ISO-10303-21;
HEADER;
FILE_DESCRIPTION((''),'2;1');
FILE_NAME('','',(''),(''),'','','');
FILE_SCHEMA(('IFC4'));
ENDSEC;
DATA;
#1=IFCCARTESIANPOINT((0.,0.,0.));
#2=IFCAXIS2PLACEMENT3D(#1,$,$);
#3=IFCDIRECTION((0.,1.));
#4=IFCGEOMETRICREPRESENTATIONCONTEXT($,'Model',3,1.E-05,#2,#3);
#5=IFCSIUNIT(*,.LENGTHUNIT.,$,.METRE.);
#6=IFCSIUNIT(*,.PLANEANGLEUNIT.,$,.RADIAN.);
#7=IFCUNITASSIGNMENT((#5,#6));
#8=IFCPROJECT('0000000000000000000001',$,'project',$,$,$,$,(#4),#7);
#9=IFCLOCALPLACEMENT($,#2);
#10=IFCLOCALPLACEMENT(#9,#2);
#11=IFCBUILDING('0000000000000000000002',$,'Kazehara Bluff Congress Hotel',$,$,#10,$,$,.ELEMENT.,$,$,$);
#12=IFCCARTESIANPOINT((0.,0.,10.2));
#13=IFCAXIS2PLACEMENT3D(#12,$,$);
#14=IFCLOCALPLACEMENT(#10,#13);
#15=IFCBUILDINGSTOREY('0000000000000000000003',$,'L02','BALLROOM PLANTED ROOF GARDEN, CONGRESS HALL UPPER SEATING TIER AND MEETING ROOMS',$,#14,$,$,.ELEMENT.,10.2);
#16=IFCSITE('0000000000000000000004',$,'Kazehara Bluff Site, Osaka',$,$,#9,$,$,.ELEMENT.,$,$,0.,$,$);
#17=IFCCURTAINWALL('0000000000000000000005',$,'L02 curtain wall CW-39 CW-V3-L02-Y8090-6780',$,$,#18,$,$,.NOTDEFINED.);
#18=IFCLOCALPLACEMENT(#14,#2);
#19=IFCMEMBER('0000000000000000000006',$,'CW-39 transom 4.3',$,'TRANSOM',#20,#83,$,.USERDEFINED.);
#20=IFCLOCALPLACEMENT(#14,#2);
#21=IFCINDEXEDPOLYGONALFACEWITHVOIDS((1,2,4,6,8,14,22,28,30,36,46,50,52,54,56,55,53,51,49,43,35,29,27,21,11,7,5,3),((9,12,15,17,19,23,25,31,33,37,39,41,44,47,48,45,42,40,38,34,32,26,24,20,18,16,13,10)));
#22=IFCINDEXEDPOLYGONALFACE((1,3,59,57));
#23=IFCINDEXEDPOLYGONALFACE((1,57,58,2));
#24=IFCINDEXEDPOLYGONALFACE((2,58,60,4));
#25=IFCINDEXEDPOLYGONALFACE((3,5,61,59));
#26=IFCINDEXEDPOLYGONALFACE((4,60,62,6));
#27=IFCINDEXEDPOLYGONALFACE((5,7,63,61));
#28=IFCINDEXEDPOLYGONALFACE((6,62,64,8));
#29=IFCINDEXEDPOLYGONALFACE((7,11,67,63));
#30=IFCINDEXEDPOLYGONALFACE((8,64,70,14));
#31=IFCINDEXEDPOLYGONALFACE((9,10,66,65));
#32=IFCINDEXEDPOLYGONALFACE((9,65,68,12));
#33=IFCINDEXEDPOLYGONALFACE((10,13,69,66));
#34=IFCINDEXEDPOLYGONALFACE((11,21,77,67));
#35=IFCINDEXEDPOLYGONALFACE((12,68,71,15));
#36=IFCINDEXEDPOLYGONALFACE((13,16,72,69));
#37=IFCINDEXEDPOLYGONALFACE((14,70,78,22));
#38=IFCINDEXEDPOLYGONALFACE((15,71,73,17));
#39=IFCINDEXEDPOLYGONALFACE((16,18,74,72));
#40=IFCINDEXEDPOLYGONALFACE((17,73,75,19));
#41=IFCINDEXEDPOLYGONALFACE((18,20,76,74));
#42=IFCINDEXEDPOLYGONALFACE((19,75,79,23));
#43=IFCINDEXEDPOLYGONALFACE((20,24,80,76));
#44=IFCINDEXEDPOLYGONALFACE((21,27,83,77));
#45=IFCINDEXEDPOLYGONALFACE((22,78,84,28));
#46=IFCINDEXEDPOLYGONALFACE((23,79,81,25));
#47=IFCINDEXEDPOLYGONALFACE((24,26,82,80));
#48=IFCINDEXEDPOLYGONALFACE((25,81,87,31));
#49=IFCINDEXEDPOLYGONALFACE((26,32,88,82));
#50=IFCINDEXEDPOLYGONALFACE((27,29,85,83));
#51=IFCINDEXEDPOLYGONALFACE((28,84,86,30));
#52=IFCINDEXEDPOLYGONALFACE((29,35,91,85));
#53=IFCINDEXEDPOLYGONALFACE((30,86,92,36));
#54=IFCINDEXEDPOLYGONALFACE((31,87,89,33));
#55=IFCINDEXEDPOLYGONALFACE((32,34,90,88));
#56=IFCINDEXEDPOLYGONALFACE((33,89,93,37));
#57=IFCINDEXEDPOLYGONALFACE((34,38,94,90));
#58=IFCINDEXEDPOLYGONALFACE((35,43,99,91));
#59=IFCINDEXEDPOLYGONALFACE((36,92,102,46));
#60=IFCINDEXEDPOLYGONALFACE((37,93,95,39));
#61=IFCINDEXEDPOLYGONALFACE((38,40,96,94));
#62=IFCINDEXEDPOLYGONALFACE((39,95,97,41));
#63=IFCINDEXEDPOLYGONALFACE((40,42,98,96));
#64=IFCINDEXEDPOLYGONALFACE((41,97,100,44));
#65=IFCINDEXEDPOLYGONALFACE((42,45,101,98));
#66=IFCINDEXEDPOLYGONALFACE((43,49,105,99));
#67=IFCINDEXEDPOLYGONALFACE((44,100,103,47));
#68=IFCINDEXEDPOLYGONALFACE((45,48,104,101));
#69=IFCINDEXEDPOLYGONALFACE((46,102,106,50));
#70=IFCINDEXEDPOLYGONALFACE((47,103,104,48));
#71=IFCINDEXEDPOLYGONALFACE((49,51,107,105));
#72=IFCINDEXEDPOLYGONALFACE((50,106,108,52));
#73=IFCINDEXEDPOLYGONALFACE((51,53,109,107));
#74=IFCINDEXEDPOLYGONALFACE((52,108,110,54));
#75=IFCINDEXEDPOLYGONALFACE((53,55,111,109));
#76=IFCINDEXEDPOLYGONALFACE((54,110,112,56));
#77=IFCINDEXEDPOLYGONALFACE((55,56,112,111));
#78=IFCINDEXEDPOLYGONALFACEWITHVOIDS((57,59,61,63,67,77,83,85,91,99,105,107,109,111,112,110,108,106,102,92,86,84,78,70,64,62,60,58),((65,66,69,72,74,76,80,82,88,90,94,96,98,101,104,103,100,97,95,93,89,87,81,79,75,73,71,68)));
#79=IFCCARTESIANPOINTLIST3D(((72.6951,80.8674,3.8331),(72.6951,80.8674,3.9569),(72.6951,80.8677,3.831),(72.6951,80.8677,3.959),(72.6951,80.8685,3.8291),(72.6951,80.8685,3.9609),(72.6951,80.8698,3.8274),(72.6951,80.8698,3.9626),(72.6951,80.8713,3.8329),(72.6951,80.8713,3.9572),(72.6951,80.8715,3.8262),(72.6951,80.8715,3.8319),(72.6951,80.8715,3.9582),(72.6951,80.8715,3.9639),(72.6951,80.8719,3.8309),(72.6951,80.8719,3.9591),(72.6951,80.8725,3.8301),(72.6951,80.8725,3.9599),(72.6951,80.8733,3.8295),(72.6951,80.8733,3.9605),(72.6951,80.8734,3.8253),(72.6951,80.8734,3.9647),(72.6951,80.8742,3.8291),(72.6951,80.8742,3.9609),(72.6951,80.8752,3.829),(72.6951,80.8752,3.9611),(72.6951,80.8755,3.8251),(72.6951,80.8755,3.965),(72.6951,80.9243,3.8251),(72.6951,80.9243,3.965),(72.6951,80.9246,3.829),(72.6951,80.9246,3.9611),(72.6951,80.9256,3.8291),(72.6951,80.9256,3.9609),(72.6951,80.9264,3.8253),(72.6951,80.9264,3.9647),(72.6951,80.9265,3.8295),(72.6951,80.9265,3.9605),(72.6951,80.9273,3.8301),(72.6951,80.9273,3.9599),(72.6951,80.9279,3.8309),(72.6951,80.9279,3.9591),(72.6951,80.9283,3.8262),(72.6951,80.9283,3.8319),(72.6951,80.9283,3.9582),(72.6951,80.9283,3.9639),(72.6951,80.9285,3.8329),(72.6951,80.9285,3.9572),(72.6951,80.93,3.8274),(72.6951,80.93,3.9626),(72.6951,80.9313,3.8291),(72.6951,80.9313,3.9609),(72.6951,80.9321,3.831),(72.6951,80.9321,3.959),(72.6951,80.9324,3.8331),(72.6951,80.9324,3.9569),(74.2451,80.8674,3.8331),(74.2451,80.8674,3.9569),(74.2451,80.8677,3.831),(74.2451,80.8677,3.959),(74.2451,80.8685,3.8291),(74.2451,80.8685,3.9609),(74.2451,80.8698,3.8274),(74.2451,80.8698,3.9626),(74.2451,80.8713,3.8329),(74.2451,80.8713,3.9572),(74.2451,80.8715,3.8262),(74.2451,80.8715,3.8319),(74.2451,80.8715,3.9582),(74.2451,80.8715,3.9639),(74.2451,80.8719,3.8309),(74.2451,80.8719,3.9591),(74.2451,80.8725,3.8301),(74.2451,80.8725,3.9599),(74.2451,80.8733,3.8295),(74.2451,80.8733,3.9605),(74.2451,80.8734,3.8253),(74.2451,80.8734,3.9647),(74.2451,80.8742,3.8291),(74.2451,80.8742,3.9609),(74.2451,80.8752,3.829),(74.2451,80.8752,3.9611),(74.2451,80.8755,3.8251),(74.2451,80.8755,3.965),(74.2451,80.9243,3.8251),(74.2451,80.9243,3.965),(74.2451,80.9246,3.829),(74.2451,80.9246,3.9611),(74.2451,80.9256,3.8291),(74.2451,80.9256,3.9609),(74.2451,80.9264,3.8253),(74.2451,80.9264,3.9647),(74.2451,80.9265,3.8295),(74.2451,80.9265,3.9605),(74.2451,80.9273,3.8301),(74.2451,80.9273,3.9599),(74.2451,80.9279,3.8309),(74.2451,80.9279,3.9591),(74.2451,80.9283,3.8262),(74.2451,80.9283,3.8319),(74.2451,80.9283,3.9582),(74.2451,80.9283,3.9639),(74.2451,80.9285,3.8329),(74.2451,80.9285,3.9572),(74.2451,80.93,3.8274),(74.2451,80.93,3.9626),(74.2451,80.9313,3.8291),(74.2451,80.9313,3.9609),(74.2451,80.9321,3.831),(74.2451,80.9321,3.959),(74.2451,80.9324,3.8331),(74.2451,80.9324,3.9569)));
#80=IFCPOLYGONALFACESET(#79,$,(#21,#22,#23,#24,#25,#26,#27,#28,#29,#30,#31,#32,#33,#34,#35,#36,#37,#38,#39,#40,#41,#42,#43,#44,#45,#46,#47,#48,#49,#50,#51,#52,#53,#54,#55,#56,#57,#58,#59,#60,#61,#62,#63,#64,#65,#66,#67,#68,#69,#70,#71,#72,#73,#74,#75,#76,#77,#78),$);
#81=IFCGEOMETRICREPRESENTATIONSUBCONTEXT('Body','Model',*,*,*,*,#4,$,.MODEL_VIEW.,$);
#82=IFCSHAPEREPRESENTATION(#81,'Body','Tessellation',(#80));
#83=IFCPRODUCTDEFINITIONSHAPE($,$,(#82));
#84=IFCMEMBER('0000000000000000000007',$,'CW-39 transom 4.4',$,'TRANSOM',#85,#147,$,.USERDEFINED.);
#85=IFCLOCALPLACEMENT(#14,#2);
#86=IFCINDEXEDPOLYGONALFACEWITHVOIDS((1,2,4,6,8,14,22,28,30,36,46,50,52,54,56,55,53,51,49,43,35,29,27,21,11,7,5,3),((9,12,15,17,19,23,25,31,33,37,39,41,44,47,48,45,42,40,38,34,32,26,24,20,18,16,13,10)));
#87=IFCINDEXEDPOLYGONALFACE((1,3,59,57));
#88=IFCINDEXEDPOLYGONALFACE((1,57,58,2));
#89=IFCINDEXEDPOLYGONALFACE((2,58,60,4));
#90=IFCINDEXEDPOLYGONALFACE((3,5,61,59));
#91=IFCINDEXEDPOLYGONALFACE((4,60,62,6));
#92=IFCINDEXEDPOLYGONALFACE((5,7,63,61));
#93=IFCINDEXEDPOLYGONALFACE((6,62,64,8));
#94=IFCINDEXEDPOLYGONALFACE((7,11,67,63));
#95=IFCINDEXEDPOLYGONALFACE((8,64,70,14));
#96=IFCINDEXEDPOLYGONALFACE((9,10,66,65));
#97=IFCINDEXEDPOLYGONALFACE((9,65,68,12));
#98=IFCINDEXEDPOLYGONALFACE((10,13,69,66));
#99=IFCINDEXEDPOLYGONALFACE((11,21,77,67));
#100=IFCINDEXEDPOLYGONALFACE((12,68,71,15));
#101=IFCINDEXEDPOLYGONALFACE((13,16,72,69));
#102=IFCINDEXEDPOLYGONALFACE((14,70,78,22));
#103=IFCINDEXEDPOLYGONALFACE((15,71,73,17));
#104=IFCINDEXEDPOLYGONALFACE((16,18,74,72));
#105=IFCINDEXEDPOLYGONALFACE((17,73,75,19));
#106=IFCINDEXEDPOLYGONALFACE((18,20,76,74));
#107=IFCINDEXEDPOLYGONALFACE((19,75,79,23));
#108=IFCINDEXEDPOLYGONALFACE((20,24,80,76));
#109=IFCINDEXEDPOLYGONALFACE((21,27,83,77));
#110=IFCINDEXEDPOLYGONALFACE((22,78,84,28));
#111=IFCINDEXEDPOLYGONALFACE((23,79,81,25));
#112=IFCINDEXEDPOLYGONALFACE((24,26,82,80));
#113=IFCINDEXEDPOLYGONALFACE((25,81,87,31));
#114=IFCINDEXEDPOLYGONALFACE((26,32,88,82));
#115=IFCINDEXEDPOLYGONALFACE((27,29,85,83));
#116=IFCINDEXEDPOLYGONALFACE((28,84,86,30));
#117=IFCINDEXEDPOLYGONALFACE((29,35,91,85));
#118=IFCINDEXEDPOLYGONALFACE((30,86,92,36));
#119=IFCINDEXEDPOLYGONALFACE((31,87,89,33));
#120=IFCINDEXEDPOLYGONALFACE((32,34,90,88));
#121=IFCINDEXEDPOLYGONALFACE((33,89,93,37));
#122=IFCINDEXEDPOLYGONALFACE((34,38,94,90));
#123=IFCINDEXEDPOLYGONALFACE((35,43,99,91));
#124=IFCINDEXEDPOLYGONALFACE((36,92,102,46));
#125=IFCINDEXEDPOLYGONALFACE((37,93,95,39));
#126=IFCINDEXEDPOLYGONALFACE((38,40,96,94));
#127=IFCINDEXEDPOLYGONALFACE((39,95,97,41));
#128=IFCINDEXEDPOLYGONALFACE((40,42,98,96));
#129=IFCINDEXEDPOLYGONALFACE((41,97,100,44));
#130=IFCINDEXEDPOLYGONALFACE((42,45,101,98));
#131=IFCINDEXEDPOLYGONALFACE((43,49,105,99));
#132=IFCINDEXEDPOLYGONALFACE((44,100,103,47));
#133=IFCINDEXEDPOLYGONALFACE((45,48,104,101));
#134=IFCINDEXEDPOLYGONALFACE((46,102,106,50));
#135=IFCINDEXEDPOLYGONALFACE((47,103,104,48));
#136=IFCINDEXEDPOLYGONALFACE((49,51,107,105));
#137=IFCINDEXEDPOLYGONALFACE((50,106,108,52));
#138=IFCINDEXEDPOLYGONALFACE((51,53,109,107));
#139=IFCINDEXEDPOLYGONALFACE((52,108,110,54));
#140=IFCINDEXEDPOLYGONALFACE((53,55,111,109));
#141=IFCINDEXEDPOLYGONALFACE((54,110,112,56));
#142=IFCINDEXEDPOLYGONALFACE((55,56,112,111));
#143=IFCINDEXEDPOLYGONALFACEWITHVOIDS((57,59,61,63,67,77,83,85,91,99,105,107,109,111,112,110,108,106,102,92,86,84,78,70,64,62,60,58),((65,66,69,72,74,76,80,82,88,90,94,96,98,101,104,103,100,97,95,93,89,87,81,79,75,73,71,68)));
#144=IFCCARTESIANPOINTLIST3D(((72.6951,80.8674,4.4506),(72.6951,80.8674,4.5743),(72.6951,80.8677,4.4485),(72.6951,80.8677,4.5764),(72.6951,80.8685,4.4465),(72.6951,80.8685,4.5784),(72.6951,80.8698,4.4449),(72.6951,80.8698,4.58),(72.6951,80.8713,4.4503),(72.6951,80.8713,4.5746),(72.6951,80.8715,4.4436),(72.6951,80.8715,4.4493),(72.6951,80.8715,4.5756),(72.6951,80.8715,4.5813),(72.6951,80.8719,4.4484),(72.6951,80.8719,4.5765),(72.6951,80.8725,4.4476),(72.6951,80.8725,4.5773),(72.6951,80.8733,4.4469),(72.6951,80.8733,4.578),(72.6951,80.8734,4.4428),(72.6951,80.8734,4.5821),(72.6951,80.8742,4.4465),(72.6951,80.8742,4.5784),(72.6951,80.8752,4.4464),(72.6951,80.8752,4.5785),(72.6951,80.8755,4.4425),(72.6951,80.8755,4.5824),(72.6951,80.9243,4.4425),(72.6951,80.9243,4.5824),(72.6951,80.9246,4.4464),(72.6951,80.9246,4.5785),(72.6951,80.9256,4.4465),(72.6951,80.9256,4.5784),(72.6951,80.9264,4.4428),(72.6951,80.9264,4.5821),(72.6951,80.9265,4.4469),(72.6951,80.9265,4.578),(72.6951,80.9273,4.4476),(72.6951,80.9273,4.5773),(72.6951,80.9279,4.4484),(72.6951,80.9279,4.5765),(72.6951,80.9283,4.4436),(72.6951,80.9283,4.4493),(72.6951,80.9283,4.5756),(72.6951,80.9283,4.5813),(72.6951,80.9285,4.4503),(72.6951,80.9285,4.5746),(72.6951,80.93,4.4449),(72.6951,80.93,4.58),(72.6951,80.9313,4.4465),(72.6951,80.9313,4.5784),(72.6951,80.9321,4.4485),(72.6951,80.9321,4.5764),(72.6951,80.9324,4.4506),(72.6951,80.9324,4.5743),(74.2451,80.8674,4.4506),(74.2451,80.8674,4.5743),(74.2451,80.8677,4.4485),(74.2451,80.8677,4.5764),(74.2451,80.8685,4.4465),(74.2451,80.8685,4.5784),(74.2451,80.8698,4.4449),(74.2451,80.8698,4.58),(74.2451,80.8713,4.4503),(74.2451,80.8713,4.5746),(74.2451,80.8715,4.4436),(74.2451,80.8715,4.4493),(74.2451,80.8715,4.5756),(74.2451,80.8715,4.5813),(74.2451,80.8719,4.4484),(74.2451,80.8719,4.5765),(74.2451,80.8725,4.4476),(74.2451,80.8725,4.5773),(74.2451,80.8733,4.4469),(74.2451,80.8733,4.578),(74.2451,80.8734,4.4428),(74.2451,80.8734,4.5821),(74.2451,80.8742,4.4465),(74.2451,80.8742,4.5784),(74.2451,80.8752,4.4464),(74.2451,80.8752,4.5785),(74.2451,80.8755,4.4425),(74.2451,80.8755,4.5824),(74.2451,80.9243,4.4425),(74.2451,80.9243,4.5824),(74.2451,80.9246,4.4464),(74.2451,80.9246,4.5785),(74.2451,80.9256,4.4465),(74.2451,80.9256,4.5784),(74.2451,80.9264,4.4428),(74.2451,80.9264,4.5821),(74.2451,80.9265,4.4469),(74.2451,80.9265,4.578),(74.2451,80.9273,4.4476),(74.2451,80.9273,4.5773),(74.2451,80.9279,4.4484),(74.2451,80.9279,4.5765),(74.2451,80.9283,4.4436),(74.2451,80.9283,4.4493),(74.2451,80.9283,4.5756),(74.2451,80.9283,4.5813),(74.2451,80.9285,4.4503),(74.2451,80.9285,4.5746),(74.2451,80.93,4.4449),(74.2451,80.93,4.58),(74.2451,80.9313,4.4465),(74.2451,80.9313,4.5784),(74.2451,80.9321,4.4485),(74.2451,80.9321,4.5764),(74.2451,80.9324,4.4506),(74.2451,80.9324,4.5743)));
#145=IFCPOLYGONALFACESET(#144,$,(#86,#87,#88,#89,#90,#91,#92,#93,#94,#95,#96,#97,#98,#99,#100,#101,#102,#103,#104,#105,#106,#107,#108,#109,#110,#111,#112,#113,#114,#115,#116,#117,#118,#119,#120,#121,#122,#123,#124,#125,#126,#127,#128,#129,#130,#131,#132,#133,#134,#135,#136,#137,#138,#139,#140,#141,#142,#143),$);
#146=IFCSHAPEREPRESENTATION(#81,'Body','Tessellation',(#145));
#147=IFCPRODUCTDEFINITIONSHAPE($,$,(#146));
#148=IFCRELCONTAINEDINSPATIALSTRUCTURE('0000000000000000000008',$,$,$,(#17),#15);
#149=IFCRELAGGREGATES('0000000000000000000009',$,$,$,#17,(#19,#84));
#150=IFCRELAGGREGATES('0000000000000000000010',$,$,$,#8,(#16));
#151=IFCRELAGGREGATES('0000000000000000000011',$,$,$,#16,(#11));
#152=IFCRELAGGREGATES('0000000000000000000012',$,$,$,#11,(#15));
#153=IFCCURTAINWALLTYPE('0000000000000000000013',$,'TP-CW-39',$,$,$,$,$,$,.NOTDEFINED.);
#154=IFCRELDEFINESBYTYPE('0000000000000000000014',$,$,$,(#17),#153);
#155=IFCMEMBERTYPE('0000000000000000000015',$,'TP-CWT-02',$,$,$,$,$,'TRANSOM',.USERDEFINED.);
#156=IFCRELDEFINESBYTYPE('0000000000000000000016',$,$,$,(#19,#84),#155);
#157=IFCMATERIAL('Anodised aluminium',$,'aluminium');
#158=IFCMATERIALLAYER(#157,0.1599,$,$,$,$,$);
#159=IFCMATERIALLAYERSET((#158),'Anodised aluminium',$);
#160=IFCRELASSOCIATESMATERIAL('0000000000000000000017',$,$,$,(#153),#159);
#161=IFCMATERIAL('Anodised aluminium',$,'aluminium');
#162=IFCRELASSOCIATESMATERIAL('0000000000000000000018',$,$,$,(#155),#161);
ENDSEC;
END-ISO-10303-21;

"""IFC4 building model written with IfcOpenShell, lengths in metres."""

from ifc_helpers import new_model, si_unit, direction, frame, origin, origin_2d, place, context, subcontext, project, spatial, hollow_rectangle, extrude, material, layer, layer_set, material_profile, profile_set, type_object, element, aggregate, save


model = new_model("IFC4")

# Units and contexts
model_context = context("Model", 3, precision=1e-05, world=origin(), true_north=direction((0.0, 1.0)))
body_context = subcontext(model_context, "Body", "Model", "MODEL_VIEW")
ifc_project = project(units=[si_unit("LENGTHUNIT", "METRE"), si_unit("PLANEANGLEUNIT", "RADIAN")], contexts=[model_context])

# Site, building, storey
site_placement = place(None, origin())
site = spatial("IfcSite", under=ifc_project, at=site_placement, Name="Kazehara Bluff Site, Osaka", CompositionType="ELEMENT", RefElevation=0.0)
building_placement = place(site_placement, origin())
building = spatial("IfcBuilding", under=site, at=building_placement, Name="Kazehara Bluff Congress Hotel", CompositionType="ELEMENT")
storey_placement = place(building_placement, frame((0.0, 0.0, 10.2)))
storey = spatial("IfcBuildingStorey", under=building, at=storey_placement, Name="L02", Description="BALLROOM PLANTED ROOF GARDEN, CONGRESS HALL UPPER SEATING TIER AND MEETING ROOMS", CompositionType="ELEMENT", Elevation=10.2)

# Curtain wall, members
ifc_material_1 = material(Name="Anodised aluminium", Category="aluminium")
ifc_layer_1 = layer(ifc_material_1, 0.1599)
ifc_layer_set_1 = layer_set([ifc_layer_1], Name="Anodised aluminium")
curtain_wall_type = type_object("IfcCurtainWallType", Name="TP-CW-39", PredefinedType="NOTDEFINED", material=ifc_layer_set_1)
curtain_wall_placement = place(storey_placement, origin())
curtain_wall = element("IfcCurtainWall", 1, at=curtain_wall_placement, inside=storey, type_object=curtain_wall_type, Name="L02 curtain wall CW-39 CW-V3-L02-Y8090-6780", PredefinedType="NOTDEFINED")
ifc_material_2 = material(Name="Anodised aluminium", Category="aluminium")
ifc_material_profile_1 = material_profile(ifc_material_2, hollow_rectangle(XDim=0.0649, YDim=0.1399, WallThickness=0.0039, InnerFilletRadius=0.0039, OuterFilletRadius=0.0081, at=origin_2d()))
ifc_profile_set_1 = profile_set([ifc_material_profile_1], Name="Anodised aluminium")
member_type_1 = type_object("IfcMemberType", Name="TP-CWT-02", ElementType="TRANSOM", PredefinedType="USERDEFINED", material=ifc_profile_set_1)
member_1_placement = place(storey_placement, frame((72.6951, 80.8999, 3.895), z_axis=(1.0, 0.0, 0.0), x_axis=(0.0, 1.0, 0.0)))
member_1 = element("IfcMember", 2, at=member_1_placement, type_object=member_type_1, Name="CW-39 transom 4.3", ObjectType="TRANSOM", PredefinedType="USERDEFINED", context=body_context, shape_type="SweptSolid", body=[
    extrude(hollow_rectangle(XDim=0.0649, YDim=0.1399, WallThickness=0.0039, InnerFilletRadius=0.0039, OuterFilletRadius=0.0081, at=origin_2d()), origin(), (0.0, 0.0, 1.0), 1.55),
])
member_2_placement = place(storey_placement, frame((72.6951, 80.8999, 4.5125), z_axis=(1.0, 0.0, 0.0), x_axis=(0.0, 1.0, 0.0)))
member_2 = element("IfcMember", 3, at=member_2_placement, type_object=member_type_1, Name="CW-39 transom 4.4", ObjectType="TRANSOM", PredefinedType="USERDEFINED", context=body_context, shape_type="SweptSolid", body=[
    extrude(hollow_rectangle(XDim=0.0649, YDim=0.1399, WallThickness=0.0039, InnerFilletRadius=0.0039, OuterFilletRadius=0.0081, at=origin_2d()), origin(), (0.0, 0.0, 1.0), 1.55),
])
aggregate(curtain_wall, [member_1, member_2])

save(model, "model.ifc")
